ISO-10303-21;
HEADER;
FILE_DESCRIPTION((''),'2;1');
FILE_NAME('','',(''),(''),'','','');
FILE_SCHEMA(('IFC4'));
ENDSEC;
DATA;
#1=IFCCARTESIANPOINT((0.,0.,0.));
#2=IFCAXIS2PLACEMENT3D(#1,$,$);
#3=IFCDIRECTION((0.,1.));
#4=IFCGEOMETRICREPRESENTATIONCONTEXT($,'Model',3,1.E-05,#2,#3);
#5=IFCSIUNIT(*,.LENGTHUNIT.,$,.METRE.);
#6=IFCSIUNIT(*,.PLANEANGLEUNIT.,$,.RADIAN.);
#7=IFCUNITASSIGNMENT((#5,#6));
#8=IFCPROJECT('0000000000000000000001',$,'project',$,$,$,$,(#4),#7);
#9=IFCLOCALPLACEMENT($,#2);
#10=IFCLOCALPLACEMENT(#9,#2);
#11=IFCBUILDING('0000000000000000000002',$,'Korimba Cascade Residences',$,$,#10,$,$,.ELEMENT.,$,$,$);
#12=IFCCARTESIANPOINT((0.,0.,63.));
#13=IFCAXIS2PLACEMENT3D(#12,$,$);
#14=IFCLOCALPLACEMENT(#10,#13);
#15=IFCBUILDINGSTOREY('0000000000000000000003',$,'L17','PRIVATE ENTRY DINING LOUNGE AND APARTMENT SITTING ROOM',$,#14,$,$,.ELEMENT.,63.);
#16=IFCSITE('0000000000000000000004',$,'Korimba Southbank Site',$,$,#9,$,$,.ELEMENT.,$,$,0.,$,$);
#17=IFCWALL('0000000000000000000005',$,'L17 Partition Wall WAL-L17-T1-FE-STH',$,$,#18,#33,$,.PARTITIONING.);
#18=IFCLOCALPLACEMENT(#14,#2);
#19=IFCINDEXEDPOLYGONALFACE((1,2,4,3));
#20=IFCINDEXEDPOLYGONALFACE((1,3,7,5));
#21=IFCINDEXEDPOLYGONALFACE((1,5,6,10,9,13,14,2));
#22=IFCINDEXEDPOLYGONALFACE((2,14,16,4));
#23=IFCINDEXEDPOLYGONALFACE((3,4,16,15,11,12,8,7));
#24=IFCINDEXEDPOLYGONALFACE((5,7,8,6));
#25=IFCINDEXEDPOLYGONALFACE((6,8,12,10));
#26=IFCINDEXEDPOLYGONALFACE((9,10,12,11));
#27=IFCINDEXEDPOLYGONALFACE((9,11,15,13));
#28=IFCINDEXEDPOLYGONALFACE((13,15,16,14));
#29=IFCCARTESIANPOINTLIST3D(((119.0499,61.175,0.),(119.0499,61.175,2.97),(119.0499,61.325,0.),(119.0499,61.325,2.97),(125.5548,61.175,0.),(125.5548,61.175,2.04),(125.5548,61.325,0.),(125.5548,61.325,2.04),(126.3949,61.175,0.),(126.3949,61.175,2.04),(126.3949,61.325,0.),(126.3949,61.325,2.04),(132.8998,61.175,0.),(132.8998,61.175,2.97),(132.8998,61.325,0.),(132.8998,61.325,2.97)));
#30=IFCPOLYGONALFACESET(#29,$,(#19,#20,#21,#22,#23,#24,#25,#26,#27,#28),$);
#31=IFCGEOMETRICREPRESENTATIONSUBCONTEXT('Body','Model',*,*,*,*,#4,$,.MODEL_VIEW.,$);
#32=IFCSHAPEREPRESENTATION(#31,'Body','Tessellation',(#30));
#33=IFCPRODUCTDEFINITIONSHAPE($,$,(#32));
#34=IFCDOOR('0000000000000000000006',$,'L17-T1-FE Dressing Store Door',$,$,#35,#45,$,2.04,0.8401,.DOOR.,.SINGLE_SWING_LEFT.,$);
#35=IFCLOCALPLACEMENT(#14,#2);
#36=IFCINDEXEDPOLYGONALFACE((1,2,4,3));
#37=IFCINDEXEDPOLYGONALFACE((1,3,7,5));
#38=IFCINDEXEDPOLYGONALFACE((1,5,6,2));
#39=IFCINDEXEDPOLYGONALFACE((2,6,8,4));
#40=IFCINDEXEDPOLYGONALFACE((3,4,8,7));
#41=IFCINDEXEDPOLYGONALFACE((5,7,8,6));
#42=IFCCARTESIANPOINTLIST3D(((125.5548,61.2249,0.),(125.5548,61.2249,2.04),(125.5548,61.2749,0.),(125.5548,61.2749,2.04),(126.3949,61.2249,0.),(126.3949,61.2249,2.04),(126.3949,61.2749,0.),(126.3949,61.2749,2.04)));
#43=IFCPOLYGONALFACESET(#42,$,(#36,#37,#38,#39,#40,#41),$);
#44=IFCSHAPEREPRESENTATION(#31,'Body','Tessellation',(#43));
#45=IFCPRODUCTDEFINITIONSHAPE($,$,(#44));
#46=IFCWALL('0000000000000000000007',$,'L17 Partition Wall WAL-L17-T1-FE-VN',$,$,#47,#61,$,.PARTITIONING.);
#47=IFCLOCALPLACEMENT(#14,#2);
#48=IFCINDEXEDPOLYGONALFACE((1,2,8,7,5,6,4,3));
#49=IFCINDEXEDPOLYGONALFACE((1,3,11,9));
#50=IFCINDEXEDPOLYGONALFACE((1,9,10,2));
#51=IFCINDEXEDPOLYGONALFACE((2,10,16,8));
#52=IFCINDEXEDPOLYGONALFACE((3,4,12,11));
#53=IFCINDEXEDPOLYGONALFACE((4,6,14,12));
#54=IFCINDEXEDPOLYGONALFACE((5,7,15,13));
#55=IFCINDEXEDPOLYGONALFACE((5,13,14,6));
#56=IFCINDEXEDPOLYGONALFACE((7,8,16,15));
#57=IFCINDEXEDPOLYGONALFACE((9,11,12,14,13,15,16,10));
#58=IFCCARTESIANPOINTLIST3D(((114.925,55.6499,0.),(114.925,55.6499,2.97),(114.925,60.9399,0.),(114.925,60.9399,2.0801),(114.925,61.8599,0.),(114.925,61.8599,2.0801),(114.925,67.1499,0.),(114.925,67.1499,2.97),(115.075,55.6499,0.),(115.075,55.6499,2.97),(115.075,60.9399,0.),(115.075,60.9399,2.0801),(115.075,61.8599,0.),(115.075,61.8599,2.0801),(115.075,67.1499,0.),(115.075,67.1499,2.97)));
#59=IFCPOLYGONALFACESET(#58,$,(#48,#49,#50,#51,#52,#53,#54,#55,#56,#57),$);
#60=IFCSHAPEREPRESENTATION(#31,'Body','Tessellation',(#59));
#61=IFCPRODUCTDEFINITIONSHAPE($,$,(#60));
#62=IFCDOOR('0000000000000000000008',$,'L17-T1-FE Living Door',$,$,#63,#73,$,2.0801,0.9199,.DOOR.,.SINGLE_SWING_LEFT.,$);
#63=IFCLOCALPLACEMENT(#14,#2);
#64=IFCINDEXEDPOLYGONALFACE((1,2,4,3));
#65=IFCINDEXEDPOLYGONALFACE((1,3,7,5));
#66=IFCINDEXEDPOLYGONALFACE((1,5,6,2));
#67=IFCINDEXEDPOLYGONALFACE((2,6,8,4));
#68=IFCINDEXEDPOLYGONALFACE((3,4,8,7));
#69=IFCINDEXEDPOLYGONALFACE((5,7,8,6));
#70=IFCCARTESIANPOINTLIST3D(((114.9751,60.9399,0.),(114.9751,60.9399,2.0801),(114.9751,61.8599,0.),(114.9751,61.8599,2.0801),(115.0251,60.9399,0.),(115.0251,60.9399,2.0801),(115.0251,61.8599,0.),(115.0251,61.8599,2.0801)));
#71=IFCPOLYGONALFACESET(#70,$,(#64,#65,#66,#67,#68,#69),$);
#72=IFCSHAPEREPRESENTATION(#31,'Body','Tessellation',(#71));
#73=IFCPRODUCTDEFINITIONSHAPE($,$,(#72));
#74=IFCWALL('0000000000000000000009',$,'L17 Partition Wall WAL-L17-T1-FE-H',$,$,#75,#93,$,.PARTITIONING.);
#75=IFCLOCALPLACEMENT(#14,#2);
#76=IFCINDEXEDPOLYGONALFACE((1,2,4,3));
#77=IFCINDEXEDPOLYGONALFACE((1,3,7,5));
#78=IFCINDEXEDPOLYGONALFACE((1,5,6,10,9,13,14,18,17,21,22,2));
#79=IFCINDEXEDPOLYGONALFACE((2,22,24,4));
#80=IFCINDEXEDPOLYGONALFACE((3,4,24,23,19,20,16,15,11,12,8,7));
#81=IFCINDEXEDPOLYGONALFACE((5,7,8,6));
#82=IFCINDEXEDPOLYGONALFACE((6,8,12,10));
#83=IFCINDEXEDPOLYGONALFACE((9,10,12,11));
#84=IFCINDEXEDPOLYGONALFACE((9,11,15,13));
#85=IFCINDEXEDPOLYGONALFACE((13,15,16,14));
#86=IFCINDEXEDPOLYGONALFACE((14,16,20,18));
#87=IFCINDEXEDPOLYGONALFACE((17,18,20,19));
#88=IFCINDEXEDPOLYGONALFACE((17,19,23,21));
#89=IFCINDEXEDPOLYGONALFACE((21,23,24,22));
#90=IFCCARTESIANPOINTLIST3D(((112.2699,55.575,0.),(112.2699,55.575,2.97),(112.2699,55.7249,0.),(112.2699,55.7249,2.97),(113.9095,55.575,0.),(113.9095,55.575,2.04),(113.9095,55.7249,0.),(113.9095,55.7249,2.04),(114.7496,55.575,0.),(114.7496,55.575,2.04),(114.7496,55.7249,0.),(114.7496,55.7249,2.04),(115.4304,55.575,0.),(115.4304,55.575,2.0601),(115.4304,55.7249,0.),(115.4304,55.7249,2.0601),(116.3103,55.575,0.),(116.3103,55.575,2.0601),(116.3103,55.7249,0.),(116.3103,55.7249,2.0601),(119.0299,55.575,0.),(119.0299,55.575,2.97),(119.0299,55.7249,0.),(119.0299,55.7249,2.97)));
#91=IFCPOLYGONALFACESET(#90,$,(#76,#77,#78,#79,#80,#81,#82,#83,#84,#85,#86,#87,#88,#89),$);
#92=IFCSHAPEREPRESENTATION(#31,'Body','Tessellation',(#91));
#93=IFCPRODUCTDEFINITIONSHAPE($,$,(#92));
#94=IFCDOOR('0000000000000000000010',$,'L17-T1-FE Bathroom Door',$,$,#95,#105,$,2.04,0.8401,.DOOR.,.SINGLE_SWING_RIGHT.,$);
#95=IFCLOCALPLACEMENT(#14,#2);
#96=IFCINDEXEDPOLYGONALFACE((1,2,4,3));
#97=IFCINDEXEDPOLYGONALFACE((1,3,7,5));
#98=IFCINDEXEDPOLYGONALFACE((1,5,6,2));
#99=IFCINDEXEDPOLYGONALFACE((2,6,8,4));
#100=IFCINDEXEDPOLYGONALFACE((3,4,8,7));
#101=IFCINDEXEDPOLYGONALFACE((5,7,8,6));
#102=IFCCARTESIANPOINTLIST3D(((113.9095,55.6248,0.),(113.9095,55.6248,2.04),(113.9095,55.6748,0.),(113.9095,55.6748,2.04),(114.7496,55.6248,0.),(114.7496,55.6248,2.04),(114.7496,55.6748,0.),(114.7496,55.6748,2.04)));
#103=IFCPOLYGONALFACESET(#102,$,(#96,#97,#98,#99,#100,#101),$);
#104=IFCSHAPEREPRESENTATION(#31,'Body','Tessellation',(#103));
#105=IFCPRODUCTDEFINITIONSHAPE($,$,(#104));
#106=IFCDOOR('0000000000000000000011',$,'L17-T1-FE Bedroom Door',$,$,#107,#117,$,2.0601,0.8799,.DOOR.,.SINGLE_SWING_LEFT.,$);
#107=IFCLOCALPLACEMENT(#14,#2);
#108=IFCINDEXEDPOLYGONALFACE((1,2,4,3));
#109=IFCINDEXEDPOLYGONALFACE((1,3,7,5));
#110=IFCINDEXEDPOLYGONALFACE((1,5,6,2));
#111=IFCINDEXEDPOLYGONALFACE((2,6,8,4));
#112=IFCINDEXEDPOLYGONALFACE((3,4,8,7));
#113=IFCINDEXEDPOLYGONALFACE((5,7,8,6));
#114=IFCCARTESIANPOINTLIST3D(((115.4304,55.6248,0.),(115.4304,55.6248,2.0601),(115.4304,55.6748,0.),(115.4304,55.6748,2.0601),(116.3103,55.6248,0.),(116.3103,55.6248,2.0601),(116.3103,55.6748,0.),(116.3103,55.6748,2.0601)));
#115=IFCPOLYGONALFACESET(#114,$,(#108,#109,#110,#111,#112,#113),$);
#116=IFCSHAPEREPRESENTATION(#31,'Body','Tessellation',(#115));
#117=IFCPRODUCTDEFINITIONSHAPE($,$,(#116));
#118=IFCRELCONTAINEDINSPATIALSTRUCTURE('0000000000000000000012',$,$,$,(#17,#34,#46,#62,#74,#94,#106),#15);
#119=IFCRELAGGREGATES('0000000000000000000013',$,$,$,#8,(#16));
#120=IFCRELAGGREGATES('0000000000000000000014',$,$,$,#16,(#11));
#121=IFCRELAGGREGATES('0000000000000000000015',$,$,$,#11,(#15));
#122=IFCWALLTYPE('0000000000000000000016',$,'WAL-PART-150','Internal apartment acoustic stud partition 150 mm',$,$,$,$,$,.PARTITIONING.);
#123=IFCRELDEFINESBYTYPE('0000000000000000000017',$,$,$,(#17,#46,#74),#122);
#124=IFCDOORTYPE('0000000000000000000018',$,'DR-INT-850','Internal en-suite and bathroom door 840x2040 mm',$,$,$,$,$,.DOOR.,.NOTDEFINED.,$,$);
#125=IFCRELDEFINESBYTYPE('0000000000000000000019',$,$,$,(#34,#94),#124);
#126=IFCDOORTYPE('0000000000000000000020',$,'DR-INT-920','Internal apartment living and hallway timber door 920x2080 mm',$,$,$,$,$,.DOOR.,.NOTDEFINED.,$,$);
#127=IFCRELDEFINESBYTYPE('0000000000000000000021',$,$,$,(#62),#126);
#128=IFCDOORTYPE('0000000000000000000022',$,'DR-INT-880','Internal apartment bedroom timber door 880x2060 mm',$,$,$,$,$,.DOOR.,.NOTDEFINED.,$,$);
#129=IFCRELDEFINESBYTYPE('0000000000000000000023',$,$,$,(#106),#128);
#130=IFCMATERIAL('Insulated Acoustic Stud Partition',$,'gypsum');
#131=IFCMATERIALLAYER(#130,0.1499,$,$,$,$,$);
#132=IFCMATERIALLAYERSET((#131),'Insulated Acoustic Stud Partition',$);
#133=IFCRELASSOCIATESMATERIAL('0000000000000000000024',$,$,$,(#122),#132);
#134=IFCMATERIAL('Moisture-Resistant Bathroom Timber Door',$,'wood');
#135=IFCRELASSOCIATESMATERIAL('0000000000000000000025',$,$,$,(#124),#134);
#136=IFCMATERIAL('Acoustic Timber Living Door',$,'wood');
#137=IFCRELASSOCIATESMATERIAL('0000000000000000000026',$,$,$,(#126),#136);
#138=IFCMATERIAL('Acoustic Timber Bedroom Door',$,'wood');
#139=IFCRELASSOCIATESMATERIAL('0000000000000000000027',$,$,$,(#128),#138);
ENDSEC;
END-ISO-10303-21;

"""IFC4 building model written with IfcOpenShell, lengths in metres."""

from ifc_helpers import new_model, si_unit, direction, frame, frame_2d, origin, place, context, subcontext, project, spatial, rectangle, extrude, material, layer, layer_set, type_object, element, fill, save


model = new_model("IFC4")

# Units and contexts
model_context = context("Model", 3, precision=1e-05, world=origin(), true_north=direction((0.0, 1.0)))
body_context = subcontext(model_context, "Body", "Model", "MODEL_VIEW")
ifc_project = project(units=[si_unit("LENGTHUNIT", "METRE"), si_unit("PLANEANGLEUNIT", "RADIAN")], contexts=[model_context])

# Site, building, storey
site_placement = place(None, origin())
site = spatial("IfcSite", under=ifc_project, at=site_placement, Name="Korimba Southbank Site", CompositionType="ELEMENT", RefElevation=0.0)
building_placement = place(site_placement, origin())
building = spatial("IfcBuilding", under=site, at=building_placement, Name="Korimba Cascade Residences", CompositionType="ELEMENT")
storey_placement = place(building_placement, frame((0.0, 0.0, 63.0)))
storey = spatial("IfcBuildingStorey", under=building, at=storey_placement, Name="L17", Description="PRIVATE ENTRY DINING LOUNGE AND APARTMENT SITTING ROOM", CompositionType="ELEMENT", Elevation=63.0)

# Walls, openings, doors
ifc_material_1 = material(Name="Insulated Acoustic Stud Partition", Category="gypsum")
ifc_layer_1 = layer(ifc_material_1, 0.1499)
ifc_layer_set_1 = layer_set([ifc_layer_1], Name="Insulated Acoustic Stud Partition")
wall_type_1 = type_object("IfcWallType", Name="WAL-PART-150", Description="Internal apartment acoustic stud partition 150 mm", PredefinedType="PARTITIONING", material=ifc_layer_set_1)
wall_1_placement = place(storey_placement, frame((119.05, 61.25, 0.0), z_axis=(0.0, 0.0, 1.0), x_axis=(1.0, 0.0, 0.0)))
wall_1 = element("IfcWall", 1, at=wall_1_placement, inside=storey, type_object=wall_type_1, Name="L17 Partition Wall WAL-L17-T1-FE-STH", PredefinedType="PARTITIONING", context=body_context, shape_type="SweptSolid", body=[
    extrude(rectangle(XDim=13.8499, YDim=0.1499, at=frame_2d((6.9248, 0.0))), origin(), (0.0, 0.0, 1.0), 2.97),
])
opening_1_placement = place(wall_1_placement, frame((6.5049, 0.0, 0.0)))
opening_1 = element("IfcOpeningElement", 2, at=opening_1_placement, cuts=wall_1, PredefinedType="OPENING", context=body_context, shape_type="SweptSolid", body=[
    extrude(rectangle(XDim=0.8401, YDim=2.04, at=frame_2d((0.4199, 1.02))), frame((0.0, 0.085, 0.0), z_axis=(0.0, -1.0, 0.0), x_axis=(1.0, 0.0, 0.0)), (0.0, 0.0, 1.0), 0.1699),
])
ifc_material_2 = material(Name="Moisture-Resistant Bathroom Timber Door", Category="wood")
door_type_1 = type_object("IfcDoorType", Name="DR-INT-850", Description="Internal en-suite and bathroom door 840x2040 mm", OperationType="NOTDEFINED", PredefinedType="DOOR", material=ifc_material_2)
door_1_placement = place(opening_1_placement, origin())
door_1 = element("IfcDoor", 3, at=door_1_placement, inside=storey, type_object=door_type_1, Name="L17-T1-FE Dressing Store Door", OperationType="SINGLE_SWING_LEFT", OverallHeight=2.04, OverallWidth=0.8401, PredefinedType="DOOR", context=body_context, shape_type="SweptSolid", body=[
    extrude(rectangle(XDim=0.8401, YDim=2.04, at=frame_2d((0.4199, 1.02))), frame((0.0, 0.0249, 0.0), z_axis=(0.0, -1.0, 0.0), x_axis=(1.0, 0.0, 0.0)), (0.0, 0.0, 1.0), 0.05),
])
fill(opening_1, door_1)
wall_2_placement = place(storey_placement, frame((115.0, 55.6499, 0.0), z_axis=(0.0, 0.0, 1.0), x_axis=(0.0, 1.0, 0.0)))
wall_2 = element("IfcWall", 4, at=wall_2_placement, inside=storey, type_object=wall_type_1, Name="L17 Partition Wall WAL-L17-T1-FE-VN", PredefinedType="PARTITIONING", context=body_context, shape_type="SweptSolid", body=[
    extrude(rectangle(XDim=11.5, YDim=0.1499, at=frame_2d((5.75, 0.0))), origin(), (0.0, 0.0, 1.0), 2.97),
])
opening_2_placement = place(wall_2_placement, frame((5.29, 0.0, 0.0)))
opening_2 = element("IfcOpeningElement", 5, at=opening_2_placement, cuts=wall_2, PredefinedType="OPENING", context=body_context, shape_type="SweptSolid", body=[
    extrude(rectangle(XDim=0.9199, YDim=2.0801, at=frame_2d((0.46, 1.04))), frame((0.0, 0.085, 0.0), z_axis=(0.0, -1.0, 0.0), x_axis=(1.0, 0.0, 0.0)), (0.0, 0.0, 1.0), 0.1699),
])
ifc_material_3 = material(Name="Acoustic Timber Living Door", Category="wood")
door_type_2 = type_object("IfcDoorType", Name="DR-INT-920", Description="Internal apartment living and hallway timber door 920x2080 mm", OperationType="NOTDEFINED", PredefinedType="DOOR", material=ifc_material_3)
door_2_placement = place(opening_2_placement, origin())
door_2 = element("IfcDoor", 6, at=door_2_placement, inside=storey, type_object=door_type_2, Name="L17-T1-FE Living Door", OperationType="SINGLE_SWING_LEFT", OverallHeight=2.0801, OverallWidth=0.9199, PredefinedType="DOOR", context=body_context, shape_type="SweptSolid", body=[
    extrude(rectangle(XDim=0.9199, YDim=2.0801, at=frame_2d((0.46, 1.04))), frame((0.0, 0.0249, 0.0), z_axis=(0.0, -1.0, 0.0), x_axis=(1.0, 0.0, 0.0)), (0.0, 0.0, 1.0), 0.05),
])
fill(opening_2, door_2)

# Wall, openings, doors
wall_3_placement = place(storey_placement, frame((112.27, 55.6499, 0.0), z_axis=(0.0, 0.0, 1.0), x_axis=(1.0, 0.0, 0.0)))
wall_3 = element("IfcWall", 7, at=wall_3_placement, inside=storey, type_object=wall_type_1, Name="L17 Partition Wall WAL-L17-T1-FE-H", PredefinedType="PARTITIONING", context=body_context, shape_type="SweptSolid", body=[
    extrude(rectangle(XDim=6.76, YDim=0.1499, at=frame_2d((3.3799, 0.0))), origin(), (0.0, 0.0, 1.0), 2.97),
])
opening_3_placement = place(wall_3_placement, frame((1.6396, 0.0, 0.0)))
opening_3 = element("IfcOpeningElement", 8, at=opening_3_placement, cuts=wall_3, PredefinedType="OPENING", context=body_context, shape_type="SweptSolid", body=[
    extrude(rectangle(XDim=0.8401, YDim=2.04, at=frame_2d((0.4199, 1.02))), frame((0.0, 0.085, 0.0), z_axis=(0.0, -1.0, 0.0), x_axis=(1.0, 0.0, 0.0)), (0.0, 0.0, 1.0), 0.1699),
])
opening_4_placement = place(wall_3_placement, frame((3.1604, 0.0, 0.0)))
opening_4 = element("IfcOpeningElement", 9, at=opening_4_placement, cuts=wall_3, PredefinedType="OPENING", context=body_context, shape_type="SweptSolid", body=[
    extrude(rectangle(XDim=0.8799, YDim=2.0601, at=frame_2d((0.4399, 1.03))), frame((0.0, 0.085, 0.0), z_axis=(0.0, -1.0, 0.0), x_axis=(1.0, 0.0, 0.0)), (0.0, 0.0, 1.0), 0.1699),
])
door_3_placement = place(opening_3_placement, origin())
door_3 = element("IfcDoor", 10, at=door_3_placement, inside=storey, type_object=door_type_1, Name="L17-T1-FE Bathroom Door", OperationType="SINGLE_SWING_RIGHT", OverallHeight=2.04, OverallWidth=0.8401, PredefinedType="DOOR", context=body_context, shape_type="SweptSolid", body=[
    extrude(rectangle(XDim=0.8401, YDim=2.04, at=frame_2d((0.4199, 1.02))), frame((0.0, 0.0249, 0.0), z_axis=(0.0, -1.0, 0.0), x_axis=(1.0, 0.0, 0.0)), (0.0, 0.0, 1.0), 0.05),
])
fill(opening_3, door_3)
ifc_material_4 = material(Name="Acoustic Timber Bedroom Door", Category="wood")
door_type_3 = type_object("IfcDoorType", Name="DR-INT-880", Description="Internal apartment bedroom timber door 880x2060 mm", OperationType="NOTDEFINED", PredefinedType="DOOR", material=ifc_material_4)
door_4_placement = place(opening_4_placement, origin())
door_4 = element("IfcDoor", 11, at=door_4_placement, inside=storey, type_object=door_type_3, Name="L17-T1-FE Bedroom Door", OperationType="SINGLE_SWING_LEFT", OverallHeight=2.0601, OverallWidth=0.8799, PredefinedType="DOOR", context=body_context, shape_type="SweptSolid", body=[
    extrude(rectangle(XDim=0.8799, YDim=2.0601, at=frame_2d((0.4399, 1.03))), frame((0.0, 0.0249, 0.0), z_axis=(0.0, -1.0, 0.0), x_axis=(1.0, 0.0, 0.0)), (0.0, 0.0, 1.0), 0.05),
])
fill(opening_4, door_4)

save(model, "model.ifc")
